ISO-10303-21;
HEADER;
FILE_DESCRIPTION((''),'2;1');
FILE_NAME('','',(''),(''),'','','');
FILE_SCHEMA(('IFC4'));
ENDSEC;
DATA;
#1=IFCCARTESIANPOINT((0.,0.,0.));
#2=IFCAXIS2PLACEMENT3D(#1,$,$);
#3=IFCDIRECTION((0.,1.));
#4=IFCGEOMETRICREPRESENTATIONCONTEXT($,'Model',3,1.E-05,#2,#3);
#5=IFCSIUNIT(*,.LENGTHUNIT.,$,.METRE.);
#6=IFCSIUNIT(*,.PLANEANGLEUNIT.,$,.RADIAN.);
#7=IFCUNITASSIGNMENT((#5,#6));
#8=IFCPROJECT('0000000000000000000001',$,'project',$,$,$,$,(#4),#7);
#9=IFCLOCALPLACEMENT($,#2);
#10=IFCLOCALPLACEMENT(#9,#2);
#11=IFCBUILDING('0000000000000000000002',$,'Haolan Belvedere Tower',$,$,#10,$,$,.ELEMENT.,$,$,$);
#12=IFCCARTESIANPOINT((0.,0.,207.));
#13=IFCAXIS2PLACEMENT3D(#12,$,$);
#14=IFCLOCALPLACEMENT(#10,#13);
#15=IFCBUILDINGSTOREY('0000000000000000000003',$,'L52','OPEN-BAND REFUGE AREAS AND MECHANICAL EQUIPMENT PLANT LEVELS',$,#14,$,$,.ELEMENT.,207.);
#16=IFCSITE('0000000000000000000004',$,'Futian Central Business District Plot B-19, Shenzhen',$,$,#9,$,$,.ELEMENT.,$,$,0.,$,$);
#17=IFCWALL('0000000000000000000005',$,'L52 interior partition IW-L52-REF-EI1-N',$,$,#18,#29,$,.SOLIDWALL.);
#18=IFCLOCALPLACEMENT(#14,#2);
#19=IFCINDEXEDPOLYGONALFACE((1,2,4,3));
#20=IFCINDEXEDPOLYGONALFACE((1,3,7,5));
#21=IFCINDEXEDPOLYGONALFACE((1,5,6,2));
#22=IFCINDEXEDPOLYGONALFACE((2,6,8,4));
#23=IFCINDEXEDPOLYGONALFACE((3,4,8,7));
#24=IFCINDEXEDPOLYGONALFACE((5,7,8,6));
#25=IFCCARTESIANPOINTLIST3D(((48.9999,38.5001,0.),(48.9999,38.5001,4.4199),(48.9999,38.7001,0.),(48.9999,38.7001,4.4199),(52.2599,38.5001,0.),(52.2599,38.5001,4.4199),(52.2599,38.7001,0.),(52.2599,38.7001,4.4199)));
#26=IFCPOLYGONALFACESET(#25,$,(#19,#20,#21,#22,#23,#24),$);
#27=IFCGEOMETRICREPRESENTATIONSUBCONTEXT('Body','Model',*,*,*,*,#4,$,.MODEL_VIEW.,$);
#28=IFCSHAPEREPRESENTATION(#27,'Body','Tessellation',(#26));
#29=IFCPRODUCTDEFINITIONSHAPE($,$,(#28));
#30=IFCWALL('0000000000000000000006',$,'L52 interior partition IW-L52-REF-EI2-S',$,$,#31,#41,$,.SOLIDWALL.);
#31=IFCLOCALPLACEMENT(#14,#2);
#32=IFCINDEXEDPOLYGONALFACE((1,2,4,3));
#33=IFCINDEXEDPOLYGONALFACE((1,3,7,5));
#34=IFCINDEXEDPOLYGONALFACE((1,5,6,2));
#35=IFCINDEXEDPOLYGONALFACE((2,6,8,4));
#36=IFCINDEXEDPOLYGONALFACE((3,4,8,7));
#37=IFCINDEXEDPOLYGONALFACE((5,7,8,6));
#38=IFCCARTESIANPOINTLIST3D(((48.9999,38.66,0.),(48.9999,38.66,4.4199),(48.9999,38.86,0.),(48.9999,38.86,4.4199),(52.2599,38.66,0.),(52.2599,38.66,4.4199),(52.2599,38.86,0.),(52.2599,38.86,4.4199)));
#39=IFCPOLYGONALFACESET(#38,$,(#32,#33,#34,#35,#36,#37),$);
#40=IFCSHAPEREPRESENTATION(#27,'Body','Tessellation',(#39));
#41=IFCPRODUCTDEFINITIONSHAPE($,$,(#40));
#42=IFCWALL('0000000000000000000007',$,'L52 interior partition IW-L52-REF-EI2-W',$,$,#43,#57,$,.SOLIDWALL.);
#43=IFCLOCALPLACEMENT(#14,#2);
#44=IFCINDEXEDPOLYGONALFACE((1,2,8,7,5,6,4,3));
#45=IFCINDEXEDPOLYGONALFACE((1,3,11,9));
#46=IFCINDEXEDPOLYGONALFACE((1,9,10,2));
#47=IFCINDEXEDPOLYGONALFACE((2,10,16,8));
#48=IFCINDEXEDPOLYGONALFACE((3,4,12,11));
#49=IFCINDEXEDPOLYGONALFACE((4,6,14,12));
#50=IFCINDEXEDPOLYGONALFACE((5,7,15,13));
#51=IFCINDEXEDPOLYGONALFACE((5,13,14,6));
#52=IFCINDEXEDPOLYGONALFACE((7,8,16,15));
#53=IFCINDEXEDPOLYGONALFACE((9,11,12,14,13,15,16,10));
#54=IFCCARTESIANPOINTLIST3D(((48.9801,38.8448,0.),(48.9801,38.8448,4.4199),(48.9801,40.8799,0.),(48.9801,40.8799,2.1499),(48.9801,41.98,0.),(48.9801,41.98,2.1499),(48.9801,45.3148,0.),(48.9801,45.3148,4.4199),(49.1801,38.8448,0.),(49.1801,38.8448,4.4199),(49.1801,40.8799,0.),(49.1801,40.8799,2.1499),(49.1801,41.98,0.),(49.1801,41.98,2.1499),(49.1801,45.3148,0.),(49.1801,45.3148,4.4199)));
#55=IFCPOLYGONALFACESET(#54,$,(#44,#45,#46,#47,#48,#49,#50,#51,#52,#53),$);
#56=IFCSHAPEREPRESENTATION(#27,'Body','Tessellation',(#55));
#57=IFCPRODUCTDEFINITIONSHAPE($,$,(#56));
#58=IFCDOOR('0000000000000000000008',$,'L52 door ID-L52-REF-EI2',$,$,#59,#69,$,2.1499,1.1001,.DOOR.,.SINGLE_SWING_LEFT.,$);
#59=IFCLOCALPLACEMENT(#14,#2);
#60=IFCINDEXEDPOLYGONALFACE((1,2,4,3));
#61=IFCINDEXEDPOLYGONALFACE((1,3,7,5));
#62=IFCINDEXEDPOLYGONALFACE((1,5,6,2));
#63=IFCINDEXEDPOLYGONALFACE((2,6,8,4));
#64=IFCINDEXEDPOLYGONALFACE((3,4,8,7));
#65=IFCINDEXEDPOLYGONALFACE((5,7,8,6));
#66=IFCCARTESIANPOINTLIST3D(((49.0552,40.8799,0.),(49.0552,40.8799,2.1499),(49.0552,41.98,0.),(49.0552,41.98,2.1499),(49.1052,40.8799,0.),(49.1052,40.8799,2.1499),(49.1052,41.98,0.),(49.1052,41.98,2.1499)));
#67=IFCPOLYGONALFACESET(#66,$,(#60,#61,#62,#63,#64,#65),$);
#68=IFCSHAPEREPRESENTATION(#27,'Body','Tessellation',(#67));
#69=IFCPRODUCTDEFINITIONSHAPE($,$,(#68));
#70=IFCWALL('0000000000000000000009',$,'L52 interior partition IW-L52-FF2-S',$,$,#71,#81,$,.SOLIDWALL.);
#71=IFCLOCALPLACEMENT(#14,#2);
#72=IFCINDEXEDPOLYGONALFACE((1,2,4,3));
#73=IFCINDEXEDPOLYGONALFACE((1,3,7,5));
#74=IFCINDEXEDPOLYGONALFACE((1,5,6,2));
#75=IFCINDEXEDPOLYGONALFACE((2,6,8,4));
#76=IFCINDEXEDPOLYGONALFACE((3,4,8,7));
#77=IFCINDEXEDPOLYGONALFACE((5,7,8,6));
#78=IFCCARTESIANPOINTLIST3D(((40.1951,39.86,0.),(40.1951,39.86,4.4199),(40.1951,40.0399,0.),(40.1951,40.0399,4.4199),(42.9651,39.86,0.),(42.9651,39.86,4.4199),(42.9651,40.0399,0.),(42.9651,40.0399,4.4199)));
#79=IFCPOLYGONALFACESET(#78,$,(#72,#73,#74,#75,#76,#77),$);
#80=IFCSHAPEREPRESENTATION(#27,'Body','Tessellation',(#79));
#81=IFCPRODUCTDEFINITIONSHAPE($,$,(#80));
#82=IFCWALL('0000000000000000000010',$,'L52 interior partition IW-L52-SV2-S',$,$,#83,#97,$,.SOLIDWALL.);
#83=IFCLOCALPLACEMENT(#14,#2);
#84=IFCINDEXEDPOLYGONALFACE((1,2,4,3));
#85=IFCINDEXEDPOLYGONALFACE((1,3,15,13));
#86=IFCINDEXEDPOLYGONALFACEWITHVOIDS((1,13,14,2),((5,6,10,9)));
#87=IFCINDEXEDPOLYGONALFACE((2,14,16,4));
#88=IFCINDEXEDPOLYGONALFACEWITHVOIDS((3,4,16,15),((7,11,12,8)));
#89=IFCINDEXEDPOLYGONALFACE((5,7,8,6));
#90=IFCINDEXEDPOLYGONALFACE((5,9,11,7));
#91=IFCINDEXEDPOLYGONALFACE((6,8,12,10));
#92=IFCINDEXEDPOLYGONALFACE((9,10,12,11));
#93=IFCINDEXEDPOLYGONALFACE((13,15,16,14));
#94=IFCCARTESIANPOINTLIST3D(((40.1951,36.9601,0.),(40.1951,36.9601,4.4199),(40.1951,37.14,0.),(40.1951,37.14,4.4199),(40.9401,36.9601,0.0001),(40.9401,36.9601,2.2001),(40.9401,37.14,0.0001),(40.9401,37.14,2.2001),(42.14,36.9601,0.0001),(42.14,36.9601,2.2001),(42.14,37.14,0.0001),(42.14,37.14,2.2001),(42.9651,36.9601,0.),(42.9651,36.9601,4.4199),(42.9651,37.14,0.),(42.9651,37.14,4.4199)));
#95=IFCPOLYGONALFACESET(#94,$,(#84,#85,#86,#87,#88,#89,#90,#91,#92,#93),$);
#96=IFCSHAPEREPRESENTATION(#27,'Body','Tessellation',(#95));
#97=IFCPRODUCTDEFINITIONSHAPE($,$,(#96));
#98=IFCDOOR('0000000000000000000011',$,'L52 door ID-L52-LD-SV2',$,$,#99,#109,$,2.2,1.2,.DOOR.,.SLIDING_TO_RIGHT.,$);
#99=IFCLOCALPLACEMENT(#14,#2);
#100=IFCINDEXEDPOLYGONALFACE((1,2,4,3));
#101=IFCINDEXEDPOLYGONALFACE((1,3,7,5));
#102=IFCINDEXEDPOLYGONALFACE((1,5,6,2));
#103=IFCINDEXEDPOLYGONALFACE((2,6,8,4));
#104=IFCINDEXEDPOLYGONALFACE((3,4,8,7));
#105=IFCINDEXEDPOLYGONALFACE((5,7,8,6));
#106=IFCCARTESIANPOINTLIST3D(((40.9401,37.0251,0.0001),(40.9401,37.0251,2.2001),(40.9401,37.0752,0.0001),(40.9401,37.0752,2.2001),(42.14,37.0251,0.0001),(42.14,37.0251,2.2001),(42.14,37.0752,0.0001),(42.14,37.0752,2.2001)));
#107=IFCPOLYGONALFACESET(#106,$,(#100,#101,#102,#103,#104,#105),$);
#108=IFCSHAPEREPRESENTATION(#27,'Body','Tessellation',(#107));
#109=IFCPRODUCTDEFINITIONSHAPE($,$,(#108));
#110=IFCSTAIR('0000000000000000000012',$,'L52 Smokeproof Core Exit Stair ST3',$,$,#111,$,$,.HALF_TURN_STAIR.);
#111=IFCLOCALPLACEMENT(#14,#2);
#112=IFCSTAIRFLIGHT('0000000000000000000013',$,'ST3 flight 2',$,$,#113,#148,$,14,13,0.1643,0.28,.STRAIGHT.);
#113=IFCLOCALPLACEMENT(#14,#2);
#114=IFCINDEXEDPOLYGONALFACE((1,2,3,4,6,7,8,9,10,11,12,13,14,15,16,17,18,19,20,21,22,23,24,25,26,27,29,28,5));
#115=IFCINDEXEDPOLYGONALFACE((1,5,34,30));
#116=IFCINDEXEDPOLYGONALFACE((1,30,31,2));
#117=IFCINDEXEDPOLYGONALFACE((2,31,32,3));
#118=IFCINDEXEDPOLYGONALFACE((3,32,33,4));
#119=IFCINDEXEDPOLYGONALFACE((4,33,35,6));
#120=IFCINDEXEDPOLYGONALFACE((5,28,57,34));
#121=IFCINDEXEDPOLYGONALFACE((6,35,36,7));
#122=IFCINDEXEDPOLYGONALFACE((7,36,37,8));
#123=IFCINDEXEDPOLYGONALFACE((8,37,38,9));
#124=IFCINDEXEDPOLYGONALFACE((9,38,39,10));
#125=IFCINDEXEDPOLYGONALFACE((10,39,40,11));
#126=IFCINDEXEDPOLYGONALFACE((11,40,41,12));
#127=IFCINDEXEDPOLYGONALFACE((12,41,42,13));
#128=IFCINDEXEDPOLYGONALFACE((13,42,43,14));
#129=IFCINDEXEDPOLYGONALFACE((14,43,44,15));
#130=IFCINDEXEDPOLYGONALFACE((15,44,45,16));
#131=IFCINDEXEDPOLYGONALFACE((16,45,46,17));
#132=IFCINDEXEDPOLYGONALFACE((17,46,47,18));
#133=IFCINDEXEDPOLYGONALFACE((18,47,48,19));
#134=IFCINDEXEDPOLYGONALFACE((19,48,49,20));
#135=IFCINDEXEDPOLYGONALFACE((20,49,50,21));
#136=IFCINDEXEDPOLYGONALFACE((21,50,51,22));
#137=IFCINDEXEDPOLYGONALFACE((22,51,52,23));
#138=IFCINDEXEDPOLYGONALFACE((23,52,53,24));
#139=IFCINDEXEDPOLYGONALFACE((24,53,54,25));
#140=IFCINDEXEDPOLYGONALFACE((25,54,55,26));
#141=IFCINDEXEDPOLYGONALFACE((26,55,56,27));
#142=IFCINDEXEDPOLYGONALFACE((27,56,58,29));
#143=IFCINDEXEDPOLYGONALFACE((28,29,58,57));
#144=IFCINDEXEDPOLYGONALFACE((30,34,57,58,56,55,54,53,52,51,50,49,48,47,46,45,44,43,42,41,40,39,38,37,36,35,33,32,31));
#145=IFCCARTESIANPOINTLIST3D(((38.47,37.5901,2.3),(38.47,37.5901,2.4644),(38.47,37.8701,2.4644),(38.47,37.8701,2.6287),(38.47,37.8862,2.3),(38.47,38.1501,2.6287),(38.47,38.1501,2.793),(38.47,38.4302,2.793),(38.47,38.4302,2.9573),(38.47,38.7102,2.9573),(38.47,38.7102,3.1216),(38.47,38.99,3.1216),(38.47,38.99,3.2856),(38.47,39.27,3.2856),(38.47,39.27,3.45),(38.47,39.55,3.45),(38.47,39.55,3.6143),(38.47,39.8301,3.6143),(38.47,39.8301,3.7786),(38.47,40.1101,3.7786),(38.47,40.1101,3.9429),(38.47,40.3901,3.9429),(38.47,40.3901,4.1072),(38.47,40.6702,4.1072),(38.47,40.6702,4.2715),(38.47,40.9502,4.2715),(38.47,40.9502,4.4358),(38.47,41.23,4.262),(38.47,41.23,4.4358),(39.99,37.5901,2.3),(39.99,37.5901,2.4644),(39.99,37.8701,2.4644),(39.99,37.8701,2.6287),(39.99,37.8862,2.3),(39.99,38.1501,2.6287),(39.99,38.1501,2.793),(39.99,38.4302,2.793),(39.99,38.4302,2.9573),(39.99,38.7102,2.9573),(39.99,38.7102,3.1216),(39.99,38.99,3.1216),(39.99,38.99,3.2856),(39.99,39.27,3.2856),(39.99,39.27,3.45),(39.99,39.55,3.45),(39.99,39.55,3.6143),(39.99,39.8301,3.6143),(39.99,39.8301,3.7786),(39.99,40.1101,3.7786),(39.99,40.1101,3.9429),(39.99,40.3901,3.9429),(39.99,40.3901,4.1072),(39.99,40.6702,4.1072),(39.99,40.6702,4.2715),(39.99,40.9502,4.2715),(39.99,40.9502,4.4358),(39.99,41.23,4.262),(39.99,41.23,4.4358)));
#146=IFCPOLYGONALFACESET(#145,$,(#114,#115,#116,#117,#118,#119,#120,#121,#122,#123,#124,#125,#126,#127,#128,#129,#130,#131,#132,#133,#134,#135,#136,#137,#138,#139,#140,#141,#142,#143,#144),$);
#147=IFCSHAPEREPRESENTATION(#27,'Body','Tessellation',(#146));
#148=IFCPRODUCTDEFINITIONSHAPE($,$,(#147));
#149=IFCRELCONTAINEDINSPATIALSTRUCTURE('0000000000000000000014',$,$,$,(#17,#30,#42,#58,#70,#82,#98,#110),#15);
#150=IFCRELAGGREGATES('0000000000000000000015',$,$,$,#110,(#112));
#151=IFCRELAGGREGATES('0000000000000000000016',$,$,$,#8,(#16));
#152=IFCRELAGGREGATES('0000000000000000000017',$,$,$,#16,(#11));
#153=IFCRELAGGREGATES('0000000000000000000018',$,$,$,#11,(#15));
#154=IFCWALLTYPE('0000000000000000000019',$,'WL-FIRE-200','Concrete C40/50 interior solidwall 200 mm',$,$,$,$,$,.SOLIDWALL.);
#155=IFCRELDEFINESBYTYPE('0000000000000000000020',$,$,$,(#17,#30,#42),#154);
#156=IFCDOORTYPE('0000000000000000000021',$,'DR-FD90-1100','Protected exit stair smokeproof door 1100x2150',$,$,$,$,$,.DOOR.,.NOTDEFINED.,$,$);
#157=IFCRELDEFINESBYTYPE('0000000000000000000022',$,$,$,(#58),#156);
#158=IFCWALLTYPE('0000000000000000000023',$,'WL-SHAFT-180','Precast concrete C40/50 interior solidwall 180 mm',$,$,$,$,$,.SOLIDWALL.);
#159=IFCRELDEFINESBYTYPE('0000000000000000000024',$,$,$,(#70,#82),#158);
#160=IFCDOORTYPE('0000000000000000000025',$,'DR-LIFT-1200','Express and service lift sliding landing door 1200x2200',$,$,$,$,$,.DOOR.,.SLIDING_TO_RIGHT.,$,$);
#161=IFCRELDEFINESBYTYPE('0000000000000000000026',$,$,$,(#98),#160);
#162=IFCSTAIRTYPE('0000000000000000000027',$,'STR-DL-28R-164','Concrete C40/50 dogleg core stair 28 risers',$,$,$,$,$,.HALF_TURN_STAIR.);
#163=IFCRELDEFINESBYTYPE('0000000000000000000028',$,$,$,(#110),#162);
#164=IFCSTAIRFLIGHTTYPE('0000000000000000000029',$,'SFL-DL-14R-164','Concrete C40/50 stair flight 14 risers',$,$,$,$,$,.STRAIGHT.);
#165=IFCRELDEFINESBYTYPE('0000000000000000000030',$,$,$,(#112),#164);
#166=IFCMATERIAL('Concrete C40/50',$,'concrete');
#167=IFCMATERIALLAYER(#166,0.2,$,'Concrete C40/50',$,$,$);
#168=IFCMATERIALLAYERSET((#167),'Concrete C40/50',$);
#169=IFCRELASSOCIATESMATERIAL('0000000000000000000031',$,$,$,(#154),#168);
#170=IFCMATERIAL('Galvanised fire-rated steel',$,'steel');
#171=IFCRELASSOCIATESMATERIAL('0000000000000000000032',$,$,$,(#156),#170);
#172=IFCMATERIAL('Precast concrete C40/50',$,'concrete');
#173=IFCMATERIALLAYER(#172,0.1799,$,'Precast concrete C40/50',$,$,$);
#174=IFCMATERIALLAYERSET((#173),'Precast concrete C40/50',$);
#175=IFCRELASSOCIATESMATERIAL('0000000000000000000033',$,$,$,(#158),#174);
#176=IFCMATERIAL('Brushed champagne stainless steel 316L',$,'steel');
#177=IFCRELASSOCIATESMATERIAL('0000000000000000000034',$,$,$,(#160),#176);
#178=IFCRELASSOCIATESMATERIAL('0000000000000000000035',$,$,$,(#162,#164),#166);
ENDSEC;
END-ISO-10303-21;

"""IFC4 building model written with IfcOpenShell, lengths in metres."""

from ifc_helpers import new_model, si_unit, direction, frame, frame_2d, origin, place, context, subcontext, project, spatial, polyline, rectangle, outline, extrude, material, layer, layer_set, type_object, element, fill, aggregate, save


model = new_model("IFC4")

# Units and contexts
model_context = context("Model", 3, precision=1e-05, world=origin(), true_north=direction((0.0, 1.0)))
body_context = subcontext(model_context, "Body", "Model", "MODEL_VIEW")
ifc_project = project(units=[si_unit("LENGTHUNIT", "METRE"), si_unit("PLANEANGLEUNIT", "RADIAN")], contexts=[model_context])

# Site, building, storey
site_placement = place(None, origin())
site = spatial("IfcSite", under=ifc_project, at=site_placement, Name="Futian Central Business District Plot B-19, Shenzhen", CompositionType="ELEMENT", RefElevation=0.0)
building_placement = place(site_placement, origin())
building = spatial("IfcBuilding", under=site, at=building_placement, Name="Haolan Belvedere Tower", CompositionType="ELEMENT")
storey_placement = place(building_placement, frame((0.0, 0.0, 207.0)))
storey = spatial("IfcBuildingStorey", under=building, at=storey_placement, Name="L52", Description="OPEN-BAND REFUGE AREAS AND MECHANICAL EQUIPMENT PLANT LEVELS", CompositionType="ELEMENT", Elevation=207.0)

# Walls
ifc_material_1 = material(Name="Concrete C40/50", Category="concrete")
ifc_layer_1 = layer(ifc_material_1, 0.2, Name="Concrete C40/50")
ifc_layer_set_1 = layer_set([ifc_layer_1], Name="Concrete C40/50")
wall_type_1 = type_object("IfcWallType", Name="WL-FIRE-200", Description="Concrete C40/50 interior solidwall 200 mm", PredefinedType="SOLIDWALL", material=ifc_layer_set_1)
for number, where, z_axis, x_axis, name in (
    (1, (49.0, 38.6001, 0.0), (0.0, 0.0, 1.0), (1.0, 0.0, 0.0), "L52 interior partition IW-L52-REF-EI1-N"),
    (2, (49.0, 38.76, 0.0), (0.0, 0.0, 1.0), (1.0, 0.0, 0.0), "L52 interior partition IW-L52-REF-EI2-S"),
):
    element("IfcWall", number, at=place(storey_placement, frame(where, z_axis=z_axis, x_axis=x_axis)), inside=storey, type_object=wall_type_1, Name=name, PredefinedType="SOLIDWALL", context=body_context, shape_type="SweptSolid", body=[
        extrude(rectangle(XDim=3.26, YDim=0.2, at=frame_2d((1.6299, 0.0))), origin(), (0.0, 0.0, 1.0), 4.4199),
    ])

# Wall, opening, door
wall_1_placement = place(storey_placement, frame((49.0801, 38.845, 0.0), z_axis=(0.0, 0.0, 1.0), x_axis=(0.0, 1.0, 0.0)))
wall_1 = element("IfcWall", 3, at=wall_1_placement, inside=storey, type_object=wall_type_1, Name="L52 interior partition IW-L52-REF-EI2-W", PredefinedType="SOLIDWALL", context=body_context, shape_type="SweptSolid", body=[
    extrude(rectangle(XDim=6.47, YDim=0.2, at=frame_2d((3.2349, 0.0))), origin(), (0.0, 0.0, 1.0), 4.4199),
])
opening_1_placement = place(wall_1_placement, frame((2.0349, 0.0, 0.0)))
opening_1 = element("IfcOpeningElement", 4, at=opening_1_placement, cuts=wall_1, PredefinedType="OPENING", context=body_context, shape_type="SweptSolid", body=[
    extrude(rectangle(XDim=1.1001, YDim=2.1499, at=frame_2d((0.55, 1.075))), frame((0.0, 0.1099, 0.0), z_axis=(0.0, -1.0, 0.0), x_axis=(1.0, 0.0, 0.0)), (0.0, 0.0, 1.0), 0.22),
])
ifc_material_2 = material(Name="Galvanised fire-rated steel", Category="steel")
door_type_1 = type_object("IfcDoorType", Name="DR-FD90-1100", Description="Protected exit stair smokeproof door 1100x2150", OperationType="NOTDEFINED", PredefinedType="DOOR", material=ifc_material_2)
door_1_placement = place(opening_1_placement, origin())
door_1 = element("IfcDoor", 5, at=door_1_placement, inside=storey, type_object=door_type_1, Name="L52 door ID-L52-REF-EI2", OperationType="SINGLE_SWING_LEFT", OverallHeight=2.1499, OverallWidth=1.1001, PredefinedType="DOOR", context=body_context, shape_type="SweptSolid", body=[
    extrude(rectangle(XDim=1.1001, YDim=2.1499, at=frame_2d((0.55, 1.075))), frame((0.0, 0.0249, 0.0), z_axis=(0.0, -1.0, 0.0), x_axis=(1.0, 0.0, 0.0)), (0.0, 0.0, 1.0), 0.05),
])
fill(opening_1, door_1)

# Wall
ifc_material_3 = material(Name="Precast concrete C40/50", Category="concrete")
ifc_layer_2 = layer(ifc_material_3, 0.1799, Name="Precast concrete C40/50")
ifc_layer_set_2 = layer_set([ifc_layer_2], Name="Precast concrete C40/50")
wall_type_2 = type_object("IfcWallType", Name="WL-SHAFT-180", Description="Precast concrete C40/50 interior solidwall 180 mm", PredefinedType="SOLIDWALL", material=ifc_layer_set_2)
wall_2_placement = place(storey_placement, frame((40.1951, 39.95, 0.0), z_axis=(0.0, 0.0, 1.0), x_axis=(1.0, 0.0, 0.0)))
element("IfcWall", 6, at=wall_2_placement, inside=storey, type_object=wall_type_2, Name="L52 interior partition IW-L52-FF2-S", PredefinedType="SOLIDWALL", context=body_context, shape_type="SweptSolid", body=[
    extrude(rectangle(XDim=2.77, YDim=0.1799, at=frame_2d((1.385, 0.0))), origin(), (0.0, 0.0, 1.0), 4.4199),
])

# Wall, opening, door
wall_3_placement = place(storey_placement, frame((40.1951, 37.05, 0.0), z_axis=(0.0, 0.0, 1.0), x_axis=(1.0, 0.0, 0.0)))
wall_3 = element("IfcWall", 7, at=wall_3_placement, inside=storey, type_object=wall_type_2, Name="L52 interior partition IW-L52-SV2-S", PredefinedType="SOLIDWALL", context=body_context, shape_type="SweptSolid", body=[
    extrude(rectangle(XDim=2.77, YDim=0.1799, at=frame_2d((1.385, 0.0))), origin(), (0.0, 0.0, 1.0), 4.4199),
])
opening_2_placement = place(wall_3_placement, frame((1.9451, 0.0, 0.0), z_axis=(0.0, 0.0, 1.0), x_axis=(-1.0, 0.0, 0.0)))
opening_2 = element("IfcOpeningElement", 8, at=opening_2_placement, cuts=wall_3, PredefinedType="OPENING", context=body_context, shape_type="SweptSolid", body=[
    extrude(rectangle(XDim=1.2, YDim=2.2, at=frame_2d((0.6001, 1.1001))), frame((0.0, 0.0999, 0.0), z_axis=(0.0, -1.0, 0.0), x_axis=(1.0, 0.0, 0.0)), (0.0, 0.0, 1.0), 0.2),
])
ifc_material_4 = material(Name="Brushed champagne stainless steel 316L", Category="steel")
door_type_2 = type_object("IfcDoorType", Name="DR-LIFT-1200", Description="Express and service lift sliding landing door 1200x2200", OperationType="SLIDING_TO_RIGHT", PredefinedType="DOOR", material=ifc_material_4)
door_2_placement = place(opening_2_placement, origin())
door_2 = element("IfcDoor", 9, at=door_2_placement, inside=storey, type_object=door_type_2, Name="L52 door ID-L52-LD-SV2", OperationType="SLIDING_TO_RIGHT", OverallHeight=2.2, OverallWidth=1.2, PredefinedType="DOOR", context=body_context, shape_type="SweptSolid", body=[
    extrude(rectangle(XDim=1.2, YDim=2.2, at=frame_2d((0.6001, 1.1001))), frame((0.0, 0.0249, 0.0), z_axis=(0.0, -1.0, 0.0), x_axis=(1.0, 0.0, 0.0)), (0.0, 0.0, 1.0), 0.05),
])
fill(opening_2, door_2)

# Stair, stair flight
stair_type = type_object("IfcStairType", Name="STR-DL-28R-164", Description="Concrete C40/50 dogleg core stair 28 risers", PredefinedType="HALF_TURN_STAIR", material=ifc_material_1)
stair_1_placement = place(storey_placement, origin())
stair_1 = element("IfcStair", 10, at=stair_1_placement, inside=storey, type_object=stair_type, Name="L52 Smokeproof Core Exit Stair ST3", PredefinedType="HALF_TURN_STAIR")
stair_flight_type = type_object("IfcStairFlightType", Name="SFL-DL-14R-164", Description="Concrete C40/50 stair flight 14 risers", PredefinedType="STRAIGHT", material=ifc_material_1)
stair_flight_1_placement = place(storey_placement, frame((39.23, 37.5901, 2.3), z_axis=(0.0, 0.0, 1.0), x_axis=(0.0, 1.0, 0.0)))
stair_flight_1 = element("IfcStairFlight", 11, at=stair_flight_1_placement, type_object=stair_flight_type, Name="ST3 flight 2", NumberOfRisers=14, NumberOfTreads=13, PredefinedType="STRAIGHT", RiserHeight=0.1643, TreadLength=0.28, context=body_context, shape_type="SweptSolid", body=[
    extrude(outline(polyline([(0.0, 0.0), (0.0, 0.1643), (0.28, 0.1643), (0.28, 0.3286), (0.5601, 0.3286), (0.5601, 0.4929), (0.8401, 0.4929), (0.8401, 0.6572), (1.1201, 0.6572), (1.1201, 0.8215), (1.3999, 0.8215), (1.3999, 0.9856), (1.6799, 0.9856), (1.6799, 1.1499), (1.96, 1.1499), (1.96, 1.3142), (2.24, 1.3142), (2.24, 1.4785), (2.52, 1.4785), (2.52, 1.6428), (2.8, 1.6428), (2.8, 1.8071), (3.0801, 1.8071), (3.0801, 1.9714), (3.3601, 1.9714), (3.3601, 2.1357), (3.6399, 2.1357), (3.6399, 2.3), (3.6399, 1.9619), (0.2961, 0.0), (0.0, 0.0)])), frame((0.0, 0.76, 0.0), z_axis=(0.0, -1.0, 0.0), x_axis=(1.0, 0.0, 0.0)), (0.0, 0.0, 1.0), 1.52),
])
aggregate(stair_1, [stair_flight_1])

save(model, "model.ifc")
